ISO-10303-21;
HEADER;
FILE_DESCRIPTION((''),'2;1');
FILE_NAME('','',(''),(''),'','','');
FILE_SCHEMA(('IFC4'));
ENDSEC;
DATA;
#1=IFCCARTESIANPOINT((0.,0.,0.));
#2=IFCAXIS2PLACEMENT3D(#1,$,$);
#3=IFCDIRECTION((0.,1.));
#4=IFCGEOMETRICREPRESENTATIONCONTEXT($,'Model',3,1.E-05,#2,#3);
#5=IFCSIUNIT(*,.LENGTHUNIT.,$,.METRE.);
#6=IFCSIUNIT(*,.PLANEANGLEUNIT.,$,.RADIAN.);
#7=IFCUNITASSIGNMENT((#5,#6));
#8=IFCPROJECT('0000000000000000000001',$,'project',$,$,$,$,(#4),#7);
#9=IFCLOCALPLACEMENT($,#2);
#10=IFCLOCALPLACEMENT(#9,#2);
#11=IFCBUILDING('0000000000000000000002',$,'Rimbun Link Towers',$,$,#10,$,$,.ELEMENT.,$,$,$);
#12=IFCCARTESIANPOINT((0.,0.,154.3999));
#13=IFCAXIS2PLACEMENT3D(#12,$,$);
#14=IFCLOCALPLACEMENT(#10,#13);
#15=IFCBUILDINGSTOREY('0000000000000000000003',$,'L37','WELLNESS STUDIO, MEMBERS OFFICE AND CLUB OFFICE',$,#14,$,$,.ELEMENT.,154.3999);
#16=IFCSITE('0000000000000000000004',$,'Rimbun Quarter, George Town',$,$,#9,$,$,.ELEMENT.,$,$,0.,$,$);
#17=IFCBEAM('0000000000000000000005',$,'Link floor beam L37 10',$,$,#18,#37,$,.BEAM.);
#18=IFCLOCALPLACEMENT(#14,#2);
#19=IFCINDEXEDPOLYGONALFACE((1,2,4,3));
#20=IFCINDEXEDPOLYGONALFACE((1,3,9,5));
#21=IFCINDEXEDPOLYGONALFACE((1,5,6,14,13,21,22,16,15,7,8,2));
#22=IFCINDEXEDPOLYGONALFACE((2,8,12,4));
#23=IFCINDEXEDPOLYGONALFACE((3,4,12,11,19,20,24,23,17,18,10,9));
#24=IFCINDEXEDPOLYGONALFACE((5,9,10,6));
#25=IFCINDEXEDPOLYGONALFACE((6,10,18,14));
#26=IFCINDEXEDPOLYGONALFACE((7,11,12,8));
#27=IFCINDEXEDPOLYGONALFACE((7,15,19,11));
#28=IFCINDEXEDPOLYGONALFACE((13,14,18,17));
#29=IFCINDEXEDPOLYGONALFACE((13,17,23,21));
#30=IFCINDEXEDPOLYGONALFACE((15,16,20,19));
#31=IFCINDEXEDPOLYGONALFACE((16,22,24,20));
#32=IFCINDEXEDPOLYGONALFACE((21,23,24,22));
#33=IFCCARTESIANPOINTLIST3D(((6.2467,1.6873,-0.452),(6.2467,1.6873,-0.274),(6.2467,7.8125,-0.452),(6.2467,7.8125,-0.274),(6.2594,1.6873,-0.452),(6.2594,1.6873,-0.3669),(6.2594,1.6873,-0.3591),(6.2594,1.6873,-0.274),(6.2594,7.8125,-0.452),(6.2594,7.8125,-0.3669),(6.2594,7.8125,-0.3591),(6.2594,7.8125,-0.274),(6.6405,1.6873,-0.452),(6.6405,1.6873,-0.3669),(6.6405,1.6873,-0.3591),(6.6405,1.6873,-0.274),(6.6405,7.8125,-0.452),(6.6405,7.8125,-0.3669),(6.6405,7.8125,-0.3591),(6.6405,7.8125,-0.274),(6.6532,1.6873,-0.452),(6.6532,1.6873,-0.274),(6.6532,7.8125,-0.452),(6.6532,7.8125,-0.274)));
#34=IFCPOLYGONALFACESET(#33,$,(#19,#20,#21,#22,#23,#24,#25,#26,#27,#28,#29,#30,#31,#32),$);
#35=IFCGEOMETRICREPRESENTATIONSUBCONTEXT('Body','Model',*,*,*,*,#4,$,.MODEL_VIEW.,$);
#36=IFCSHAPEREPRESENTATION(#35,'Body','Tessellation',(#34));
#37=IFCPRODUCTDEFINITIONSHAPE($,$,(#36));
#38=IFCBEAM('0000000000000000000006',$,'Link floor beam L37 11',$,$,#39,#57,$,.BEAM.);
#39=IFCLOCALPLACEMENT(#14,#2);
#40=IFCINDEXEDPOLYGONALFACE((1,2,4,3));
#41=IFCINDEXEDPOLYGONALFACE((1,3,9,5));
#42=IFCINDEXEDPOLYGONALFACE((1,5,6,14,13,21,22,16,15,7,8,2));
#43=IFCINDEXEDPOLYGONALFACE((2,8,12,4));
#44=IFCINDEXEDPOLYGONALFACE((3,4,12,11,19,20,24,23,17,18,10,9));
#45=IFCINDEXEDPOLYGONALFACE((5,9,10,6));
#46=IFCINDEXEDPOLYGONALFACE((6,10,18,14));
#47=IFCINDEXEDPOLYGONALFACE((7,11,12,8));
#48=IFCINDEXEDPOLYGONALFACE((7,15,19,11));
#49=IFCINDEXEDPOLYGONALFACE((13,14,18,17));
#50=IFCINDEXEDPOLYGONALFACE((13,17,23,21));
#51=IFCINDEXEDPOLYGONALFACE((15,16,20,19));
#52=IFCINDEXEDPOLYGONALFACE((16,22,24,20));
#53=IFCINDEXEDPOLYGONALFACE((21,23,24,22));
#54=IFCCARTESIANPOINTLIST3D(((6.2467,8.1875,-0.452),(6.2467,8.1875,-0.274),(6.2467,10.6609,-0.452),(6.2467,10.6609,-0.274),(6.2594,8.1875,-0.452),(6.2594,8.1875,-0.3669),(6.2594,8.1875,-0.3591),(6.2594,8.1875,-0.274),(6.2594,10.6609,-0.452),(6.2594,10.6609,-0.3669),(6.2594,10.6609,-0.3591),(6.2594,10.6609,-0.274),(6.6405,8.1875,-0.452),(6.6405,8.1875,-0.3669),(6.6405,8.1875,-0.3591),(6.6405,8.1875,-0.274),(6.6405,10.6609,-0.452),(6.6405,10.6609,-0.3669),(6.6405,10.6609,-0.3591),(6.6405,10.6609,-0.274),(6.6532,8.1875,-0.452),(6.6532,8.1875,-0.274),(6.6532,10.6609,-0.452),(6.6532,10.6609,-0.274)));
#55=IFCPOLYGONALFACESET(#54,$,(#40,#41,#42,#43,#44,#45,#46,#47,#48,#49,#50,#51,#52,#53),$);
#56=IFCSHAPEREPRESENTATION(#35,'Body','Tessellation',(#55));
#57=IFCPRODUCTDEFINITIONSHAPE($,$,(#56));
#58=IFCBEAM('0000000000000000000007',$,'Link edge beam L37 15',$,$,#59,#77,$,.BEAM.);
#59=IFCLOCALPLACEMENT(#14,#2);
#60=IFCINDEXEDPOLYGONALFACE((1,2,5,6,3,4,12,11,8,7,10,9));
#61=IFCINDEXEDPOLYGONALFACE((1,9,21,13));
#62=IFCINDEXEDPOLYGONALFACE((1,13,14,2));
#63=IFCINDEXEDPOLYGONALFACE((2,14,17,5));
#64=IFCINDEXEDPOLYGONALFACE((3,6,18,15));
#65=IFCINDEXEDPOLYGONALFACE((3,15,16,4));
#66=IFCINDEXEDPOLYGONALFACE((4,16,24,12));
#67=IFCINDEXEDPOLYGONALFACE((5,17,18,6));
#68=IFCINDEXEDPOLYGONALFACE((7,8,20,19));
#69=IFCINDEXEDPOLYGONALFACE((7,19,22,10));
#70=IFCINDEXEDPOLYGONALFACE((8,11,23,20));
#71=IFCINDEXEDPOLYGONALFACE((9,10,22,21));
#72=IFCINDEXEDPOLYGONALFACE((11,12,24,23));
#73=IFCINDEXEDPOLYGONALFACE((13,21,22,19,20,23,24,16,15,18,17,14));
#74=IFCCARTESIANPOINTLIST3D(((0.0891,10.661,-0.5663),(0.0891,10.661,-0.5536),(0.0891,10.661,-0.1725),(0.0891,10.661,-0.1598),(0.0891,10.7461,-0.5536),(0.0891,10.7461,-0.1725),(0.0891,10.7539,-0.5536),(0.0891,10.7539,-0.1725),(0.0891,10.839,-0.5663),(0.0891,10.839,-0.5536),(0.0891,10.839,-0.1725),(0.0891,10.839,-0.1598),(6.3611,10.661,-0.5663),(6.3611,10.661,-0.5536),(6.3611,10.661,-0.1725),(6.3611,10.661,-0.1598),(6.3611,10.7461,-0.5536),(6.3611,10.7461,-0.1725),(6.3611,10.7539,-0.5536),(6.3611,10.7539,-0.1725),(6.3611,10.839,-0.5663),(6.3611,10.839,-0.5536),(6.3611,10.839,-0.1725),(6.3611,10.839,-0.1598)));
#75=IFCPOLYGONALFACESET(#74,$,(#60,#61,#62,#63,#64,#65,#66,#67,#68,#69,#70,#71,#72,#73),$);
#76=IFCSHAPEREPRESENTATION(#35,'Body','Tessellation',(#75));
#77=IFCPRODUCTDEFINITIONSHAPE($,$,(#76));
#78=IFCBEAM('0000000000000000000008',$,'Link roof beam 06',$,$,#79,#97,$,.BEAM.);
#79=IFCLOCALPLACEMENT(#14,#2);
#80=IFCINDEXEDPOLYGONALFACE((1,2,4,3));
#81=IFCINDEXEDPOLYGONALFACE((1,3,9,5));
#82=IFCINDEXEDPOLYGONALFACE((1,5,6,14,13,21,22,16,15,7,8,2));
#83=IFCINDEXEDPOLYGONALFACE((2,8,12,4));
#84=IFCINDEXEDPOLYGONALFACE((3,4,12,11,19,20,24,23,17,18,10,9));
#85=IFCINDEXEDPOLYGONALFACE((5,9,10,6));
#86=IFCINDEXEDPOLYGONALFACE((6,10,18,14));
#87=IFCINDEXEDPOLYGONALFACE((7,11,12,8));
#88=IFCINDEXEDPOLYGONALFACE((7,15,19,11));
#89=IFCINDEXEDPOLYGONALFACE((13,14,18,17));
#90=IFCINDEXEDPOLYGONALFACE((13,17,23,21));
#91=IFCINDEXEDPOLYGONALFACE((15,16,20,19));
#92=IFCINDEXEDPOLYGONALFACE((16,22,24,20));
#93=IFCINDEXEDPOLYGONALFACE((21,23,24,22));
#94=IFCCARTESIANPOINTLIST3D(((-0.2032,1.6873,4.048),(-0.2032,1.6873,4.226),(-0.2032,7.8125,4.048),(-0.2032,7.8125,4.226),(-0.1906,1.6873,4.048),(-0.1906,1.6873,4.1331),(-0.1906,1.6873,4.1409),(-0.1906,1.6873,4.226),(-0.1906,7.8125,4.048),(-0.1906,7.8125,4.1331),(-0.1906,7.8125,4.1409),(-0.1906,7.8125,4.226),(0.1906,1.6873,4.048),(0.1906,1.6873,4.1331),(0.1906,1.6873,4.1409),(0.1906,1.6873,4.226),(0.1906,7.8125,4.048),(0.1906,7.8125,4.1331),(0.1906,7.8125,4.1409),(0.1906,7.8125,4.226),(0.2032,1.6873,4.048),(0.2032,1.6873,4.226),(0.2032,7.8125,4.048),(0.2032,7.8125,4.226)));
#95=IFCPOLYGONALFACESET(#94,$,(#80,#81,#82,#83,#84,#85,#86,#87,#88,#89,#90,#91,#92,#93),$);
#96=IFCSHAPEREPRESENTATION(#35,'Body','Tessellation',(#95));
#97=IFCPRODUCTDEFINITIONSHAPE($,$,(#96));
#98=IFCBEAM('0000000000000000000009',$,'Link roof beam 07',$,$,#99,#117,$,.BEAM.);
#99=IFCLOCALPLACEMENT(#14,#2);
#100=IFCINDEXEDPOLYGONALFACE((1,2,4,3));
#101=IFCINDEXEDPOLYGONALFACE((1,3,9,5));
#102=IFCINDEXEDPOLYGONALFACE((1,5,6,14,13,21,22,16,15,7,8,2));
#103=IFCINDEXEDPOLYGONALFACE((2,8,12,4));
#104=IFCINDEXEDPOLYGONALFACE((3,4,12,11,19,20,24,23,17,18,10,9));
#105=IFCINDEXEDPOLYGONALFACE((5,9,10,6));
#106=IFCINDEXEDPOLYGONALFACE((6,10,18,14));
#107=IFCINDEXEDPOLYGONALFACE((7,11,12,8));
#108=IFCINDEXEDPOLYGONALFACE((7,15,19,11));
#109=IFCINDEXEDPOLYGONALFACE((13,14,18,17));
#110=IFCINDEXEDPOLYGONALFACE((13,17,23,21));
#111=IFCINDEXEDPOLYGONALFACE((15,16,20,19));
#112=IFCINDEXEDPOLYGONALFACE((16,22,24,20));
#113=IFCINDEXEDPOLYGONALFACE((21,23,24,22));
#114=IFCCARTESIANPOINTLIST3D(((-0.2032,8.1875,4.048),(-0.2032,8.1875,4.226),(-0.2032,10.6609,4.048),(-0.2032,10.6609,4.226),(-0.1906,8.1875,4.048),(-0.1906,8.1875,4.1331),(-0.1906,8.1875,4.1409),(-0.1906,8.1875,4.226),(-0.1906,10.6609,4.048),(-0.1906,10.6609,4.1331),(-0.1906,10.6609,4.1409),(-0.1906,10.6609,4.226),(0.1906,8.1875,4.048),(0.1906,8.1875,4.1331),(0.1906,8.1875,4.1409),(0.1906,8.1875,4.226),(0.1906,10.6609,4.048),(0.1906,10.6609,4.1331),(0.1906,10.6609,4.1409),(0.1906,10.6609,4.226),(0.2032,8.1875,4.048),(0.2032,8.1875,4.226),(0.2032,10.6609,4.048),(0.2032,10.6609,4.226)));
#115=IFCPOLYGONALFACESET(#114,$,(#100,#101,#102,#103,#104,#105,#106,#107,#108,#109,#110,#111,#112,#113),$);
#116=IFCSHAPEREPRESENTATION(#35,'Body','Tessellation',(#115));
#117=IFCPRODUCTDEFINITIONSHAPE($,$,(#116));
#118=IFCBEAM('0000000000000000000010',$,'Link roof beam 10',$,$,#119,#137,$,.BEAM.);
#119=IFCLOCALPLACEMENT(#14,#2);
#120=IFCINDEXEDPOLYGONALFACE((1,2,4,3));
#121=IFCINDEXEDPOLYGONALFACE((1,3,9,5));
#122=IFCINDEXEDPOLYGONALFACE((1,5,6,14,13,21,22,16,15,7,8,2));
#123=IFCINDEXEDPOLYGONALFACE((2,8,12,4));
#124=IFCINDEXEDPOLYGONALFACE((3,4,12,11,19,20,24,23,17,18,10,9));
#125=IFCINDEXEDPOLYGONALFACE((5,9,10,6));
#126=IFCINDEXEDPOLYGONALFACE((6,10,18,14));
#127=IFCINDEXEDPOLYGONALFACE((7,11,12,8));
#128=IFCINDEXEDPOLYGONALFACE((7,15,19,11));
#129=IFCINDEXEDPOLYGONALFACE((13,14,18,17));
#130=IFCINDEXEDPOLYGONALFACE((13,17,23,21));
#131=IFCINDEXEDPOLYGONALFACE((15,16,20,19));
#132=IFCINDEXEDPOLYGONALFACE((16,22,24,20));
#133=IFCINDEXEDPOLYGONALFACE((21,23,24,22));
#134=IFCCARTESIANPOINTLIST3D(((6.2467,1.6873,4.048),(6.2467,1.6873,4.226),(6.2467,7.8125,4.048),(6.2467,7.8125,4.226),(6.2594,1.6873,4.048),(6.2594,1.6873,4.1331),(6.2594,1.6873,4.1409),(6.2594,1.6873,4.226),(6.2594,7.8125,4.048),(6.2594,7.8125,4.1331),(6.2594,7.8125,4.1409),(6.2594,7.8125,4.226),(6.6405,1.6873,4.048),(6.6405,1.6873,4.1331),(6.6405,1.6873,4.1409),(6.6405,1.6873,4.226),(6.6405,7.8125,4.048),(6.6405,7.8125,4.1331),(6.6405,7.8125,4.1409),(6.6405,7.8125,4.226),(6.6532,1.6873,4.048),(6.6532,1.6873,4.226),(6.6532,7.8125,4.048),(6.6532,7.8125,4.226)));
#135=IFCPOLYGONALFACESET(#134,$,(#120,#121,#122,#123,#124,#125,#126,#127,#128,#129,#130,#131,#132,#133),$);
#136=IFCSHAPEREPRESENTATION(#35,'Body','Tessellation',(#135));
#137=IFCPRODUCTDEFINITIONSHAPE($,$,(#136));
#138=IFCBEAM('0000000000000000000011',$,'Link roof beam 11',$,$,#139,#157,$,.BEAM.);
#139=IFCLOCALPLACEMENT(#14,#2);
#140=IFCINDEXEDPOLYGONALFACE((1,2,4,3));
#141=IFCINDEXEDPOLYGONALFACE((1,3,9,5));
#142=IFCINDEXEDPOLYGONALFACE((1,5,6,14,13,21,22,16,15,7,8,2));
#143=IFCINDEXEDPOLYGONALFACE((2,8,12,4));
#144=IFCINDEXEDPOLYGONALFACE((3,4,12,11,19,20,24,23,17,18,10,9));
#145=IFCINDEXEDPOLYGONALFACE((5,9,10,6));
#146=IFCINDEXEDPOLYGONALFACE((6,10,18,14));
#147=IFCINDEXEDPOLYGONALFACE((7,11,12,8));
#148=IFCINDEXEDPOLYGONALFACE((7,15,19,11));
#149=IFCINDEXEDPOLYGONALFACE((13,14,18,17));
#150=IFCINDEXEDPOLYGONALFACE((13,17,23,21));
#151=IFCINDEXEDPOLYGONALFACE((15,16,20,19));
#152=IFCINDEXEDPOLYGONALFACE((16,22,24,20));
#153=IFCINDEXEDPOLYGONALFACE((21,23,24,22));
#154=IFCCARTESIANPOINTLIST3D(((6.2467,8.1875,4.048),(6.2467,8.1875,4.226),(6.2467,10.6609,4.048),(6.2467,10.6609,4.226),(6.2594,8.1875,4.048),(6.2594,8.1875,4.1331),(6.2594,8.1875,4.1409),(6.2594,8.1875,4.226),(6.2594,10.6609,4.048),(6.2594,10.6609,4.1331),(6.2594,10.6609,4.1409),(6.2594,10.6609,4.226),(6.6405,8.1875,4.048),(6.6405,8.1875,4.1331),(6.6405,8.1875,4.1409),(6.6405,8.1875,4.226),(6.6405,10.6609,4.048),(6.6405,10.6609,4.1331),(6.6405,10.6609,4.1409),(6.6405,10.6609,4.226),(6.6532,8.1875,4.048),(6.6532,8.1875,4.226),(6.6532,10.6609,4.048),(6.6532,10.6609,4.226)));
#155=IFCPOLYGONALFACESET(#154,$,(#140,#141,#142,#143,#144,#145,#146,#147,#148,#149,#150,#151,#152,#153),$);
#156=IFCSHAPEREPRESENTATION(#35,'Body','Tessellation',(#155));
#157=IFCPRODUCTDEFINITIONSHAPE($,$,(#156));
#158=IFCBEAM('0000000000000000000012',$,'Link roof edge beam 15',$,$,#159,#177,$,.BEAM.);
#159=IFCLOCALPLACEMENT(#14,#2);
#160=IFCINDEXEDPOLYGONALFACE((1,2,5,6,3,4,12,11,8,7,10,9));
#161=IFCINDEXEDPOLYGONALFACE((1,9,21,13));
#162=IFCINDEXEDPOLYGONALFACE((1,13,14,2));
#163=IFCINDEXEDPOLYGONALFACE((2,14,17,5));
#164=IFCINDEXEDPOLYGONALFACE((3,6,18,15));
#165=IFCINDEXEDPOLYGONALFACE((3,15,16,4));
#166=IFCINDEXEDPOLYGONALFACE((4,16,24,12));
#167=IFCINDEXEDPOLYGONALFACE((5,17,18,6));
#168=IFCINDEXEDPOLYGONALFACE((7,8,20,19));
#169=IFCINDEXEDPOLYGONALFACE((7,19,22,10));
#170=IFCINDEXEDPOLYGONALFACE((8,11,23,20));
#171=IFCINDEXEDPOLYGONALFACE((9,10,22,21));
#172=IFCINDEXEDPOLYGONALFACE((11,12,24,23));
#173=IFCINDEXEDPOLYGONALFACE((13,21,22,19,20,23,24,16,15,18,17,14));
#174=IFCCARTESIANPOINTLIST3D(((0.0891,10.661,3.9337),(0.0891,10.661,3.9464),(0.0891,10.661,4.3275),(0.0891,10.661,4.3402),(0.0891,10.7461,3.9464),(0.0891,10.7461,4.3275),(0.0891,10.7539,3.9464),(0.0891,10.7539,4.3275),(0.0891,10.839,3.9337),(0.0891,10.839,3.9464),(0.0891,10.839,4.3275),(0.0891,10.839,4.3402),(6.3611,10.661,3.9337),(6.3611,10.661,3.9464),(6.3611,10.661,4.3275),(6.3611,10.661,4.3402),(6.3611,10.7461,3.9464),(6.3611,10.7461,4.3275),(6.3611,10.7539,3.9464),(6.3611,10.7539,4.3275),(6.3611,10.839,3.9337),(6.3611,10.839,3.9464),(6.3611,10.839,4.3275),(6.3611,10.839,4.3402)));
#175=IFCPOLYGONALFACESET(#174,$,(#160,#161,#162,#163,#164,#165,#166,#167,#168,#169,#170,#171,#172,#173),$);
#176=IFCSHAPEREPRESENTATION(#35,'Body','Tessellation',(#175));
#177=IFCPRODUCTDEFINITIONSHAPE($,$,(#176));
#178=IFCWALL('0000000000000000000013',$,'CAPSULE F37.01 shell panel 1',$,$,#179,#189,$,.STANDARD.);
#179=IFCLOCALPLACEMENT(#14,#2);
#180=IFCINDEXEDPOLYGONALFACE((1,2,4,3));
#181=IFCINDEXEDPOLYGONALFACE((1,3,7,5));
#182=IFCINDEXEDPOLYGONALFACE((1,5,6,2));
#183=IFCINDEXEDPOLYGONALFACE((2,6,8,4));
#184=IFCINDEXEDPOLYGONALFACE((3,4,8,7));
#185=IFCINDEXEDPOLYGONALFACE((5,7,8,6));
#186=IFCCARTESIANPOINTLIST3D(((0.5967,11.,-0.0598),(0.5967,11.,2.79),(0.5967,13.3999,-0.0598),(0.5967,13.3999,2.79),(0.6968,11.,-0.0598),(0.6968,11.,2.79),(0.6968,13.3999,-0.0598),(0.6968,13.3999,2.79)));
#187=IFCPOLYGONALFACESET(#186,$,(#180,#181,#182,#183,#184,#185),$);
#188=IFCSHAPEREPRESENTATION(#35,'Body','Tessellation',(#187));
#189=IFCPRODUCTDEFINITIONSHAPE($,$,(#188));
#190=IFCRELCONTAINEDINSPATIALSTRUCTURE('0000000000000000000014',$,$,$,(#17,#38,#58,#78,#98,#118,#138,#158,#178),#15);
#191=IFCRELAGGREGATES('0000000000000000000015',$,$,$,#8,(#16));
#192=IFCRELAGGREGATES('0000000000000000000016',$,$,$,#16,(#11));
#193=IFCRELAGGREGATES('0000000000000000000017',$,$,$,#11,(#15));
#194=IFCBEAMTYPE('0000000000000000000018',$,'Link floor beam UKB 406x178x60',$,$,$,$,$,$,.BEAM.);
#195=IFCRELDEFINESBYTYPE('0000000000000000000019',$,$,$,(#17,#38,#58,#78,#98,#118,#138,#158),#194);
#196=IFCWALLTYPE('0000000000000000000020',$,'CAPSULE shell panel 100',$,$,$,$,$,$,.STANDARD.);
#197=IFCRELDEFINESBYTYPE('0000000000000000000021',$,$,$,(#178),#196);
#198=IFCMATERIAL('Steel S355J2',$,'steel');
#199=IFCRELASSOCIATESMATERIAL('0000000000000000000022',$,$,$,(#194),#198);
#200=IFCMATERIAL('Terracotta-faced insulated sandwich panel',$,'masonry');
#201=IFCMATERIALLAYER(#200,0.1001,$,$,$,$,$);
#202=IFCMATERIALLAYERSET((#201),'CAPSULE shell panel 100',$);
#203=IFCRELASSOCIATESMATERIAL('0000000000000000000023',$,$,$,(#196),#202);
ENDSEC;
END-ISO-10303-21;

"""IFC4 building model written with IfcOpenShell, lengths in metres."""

from ifc_helpers import new_model, si_unit, direction, frame, frame_2d, origin, origin_2d, place, context, subcontext, project, spatial, rectangle, i_section, extrude, material, layer, layer_set, material_profile, profile_set, type_object, element, save


model = new_model("IFC4")

# Units and contexts
model_context = context("Model", 3, precision=1e-05, world=origin(), true_north=direction((0.0, 1.0)))
body_context = subcontext(model_context, "Body", "Model", "MODEL_VIEW")
ifc_project = project(units=[si_unit("LENGTHUNIT", "METRE"), si_unit("PLANEANGLEUNIT", "RADIAN")], contexts=[model_context])

# Site, building, storey
site_placement = place(None, origin())
site = spatial("IfcSite", under=ifc_project, at=site_placement, Name="Rimbun Quarter, George Town", CompositionType="ELEMENT", RefElevation=0.0)
building_placement = place(site_placement, origin())
building = spatial("IfcBuilding", under=site, at=building_placement, Name="Rimbun Link Towers", CompositionType="ELEMENT")
storey_placement = place(building_placement, frame((0.0, 0.0, 154.3999)))
storey = spatial("IfcBuildingStorey", under=building, at=storey_placement, Name="L37", Description="WELLNESS STUDIO, MEMBERS OFFICE AND CLUB OFFICE", CompositionType="ELEMENT", Elevation=154.3999)

# Beams
ifc_material_1 = material(Name="Steel S355J2", Category="steel")
ifc_material_profile_1 = material_profile(ifc_material_1, i_section(OverallWidth=0.178, OverallDepth=0.4065, WebThickness=0.0078, FlangeThickness=0.0127, at=origin_2d()), Name="UKB 406x178x60")
ifc_profile_set_1 = profile_set([ifc_material_profile_1], Name="Steel S355J2")
beam_type_1 = type_object("IfcBeamType", Name="Link floor beam UKB 406x178x60", PredefinedType="BEAM", material=ifc_profile_set_1)
beam_1_placement = place(storey_placement, frame((6.45, 1.6873, -0.363), z_axis=(0.0, 1.0, 0.0), x_axis=(0.0, 0.0, 1.0)))
element("IfcBeam", 1, at=beam_1_placement, inside=storey, type_object=beam_type_1, Name="Link floor beam L37 10", PredefinedType="BEAM", context=body_context, shape_type="SweptSolid", body=[
    extrude(i_section(OverallWidth=0.178, OverallDepth=0.4065, WebThickness=0.0078, FlangeThickness=0.0127, at=origin_2d()), origin(), (0.0, 0.0, 1.0), 6.1252),
])
beam_2_placement = place(storey_placement, frame((6.45, 8.1875, -0.363), z_axis=(0.0, 1.0, 0.0), x_axis=(0.0, 0.0, 1.0)))
element("IfcBeam", 2, at=beam_2_placement, inside=storey, type_object=beam_type_1, Name="Link floor beam L37 11", PredefinedType="BEAM", context=body_context, shape_type="SweptSolid", body=[
    extrude(i_section(OverallWidth=0.178, OverallDepth=0.4065, WebThickness=0.0078, FlangeThickness=0.0127, at=origin_2d()), origin(), (0.0, 0.0, 1.0), 2.4734),
])
beam_3_placement = place(storey_placement, frame((0.0891, 10.75, -0.363), z_axis=(1.0, 0.0, 0.0), x_axis=(0.0, 1.0, 0.0)))
element("IfcBeam", 3, at=beam_3_placement, inside=storey, type_object=beam_type_1, Name="Link edge beam L37 15", PredefinedType="BEAM", context=body_context, shape_type="SweptSolid", body=[
    extrude(i_section(OverallWidth=0.178, OverallDepth=0.4065, WebThickness=0.0078, FlangeThickness=0.0127, at=origin_2d()), origin(), (0.0, 0.0, 1.0), 6.272),
])
beam_4_placement = place(storey_placement, frame((0.0, 1.6873, 4.137), z_axis=(0.0, 1.0, 0.0), x_axis=(0.0, 0.0, 1.0)))
element("IfcBeam", 4, at=beam_4_placement, inside=storey, type_object=beam_type_1, Name="Link roof beam 06", PredefinedType="BEAM", context=body_context, shape_type="SweptSolid", body=[
    extrude(i_section(OverallWidth=0.178, OverallDepth=0.4065, WebThickness=0.0078, FlangeThickness=0.0127, at=origin_2d()), origin(), (0.0, 0.0, 1.0), 6.1252),
])
beam_5_placement = place(storey_placement, frame((0.0, 8.1875, 4.137), z_axis=(0.0, 1.0, 0.0), x_axis=(0.0, 0.0, 1.0)))
element("IfcBeam", 5, at=beam_5_placement, inside=storey, type_object=beam_type_1, Name="Link roof beam 07", PredefinedType="BEAM", context=body_context, shape_type="SweptSolid", body=[
    extrude(i_section(OverallWidth=0.178, OverallDepth=0.4065, WebThickness=0.0078, FlangeThickness=0.0127, at=origin_2d()), origin(), (0.0, 0.0, 1.0), 2.4734),
])
beam_6_placement = place(storey_placement, frame((6.45, 1.6873, 4.137), z_axis=(0.0, 1.0, 0.0), x_axis=(0.0, 0.0, 1.0)))
element("IfcBeam", 6, at=beam_6_placement, inside=storey, type_object=beam_type_1, Name="Link roof beam 10", PredefinedType="BEAM", context=body_context, shape_type="SweptSolid", body=[
    extrude(i_section(OverallWidth=0.178, OverallDepth=0.4065, WebThickness=0.0078, FlangeThickness=0.0127, at=origin_2d()), origin(), (0.0, 0.0, 1.0), 6.1252),
])
beam_7_placement = place(storey_placement, frame((6.45, 8.1875, 4.137), z_axis=(0.0, 1.0, 0.0), x_axis=(0.0, 0.0, 1.0)))
element("IfcBeam", 7, at=beam_7_placement, inside=storey, type_object=beam_type_1, Name="Link roof beam 11", PredefinedType="BEAM", context=body_context, shape_type="SweptSolid", body=[
    extrude(i_section(OverallWidth=0.178, OverallDepth=0.4065, WebThickness=0.0078, FlangeThickness=0.0127, at=origin_2d()), origin(), (0.0, 0.0, 1.0), 2.4734),
])
beam_8_placement = place(storey_placement, frame((0.0891, 10.75, 4.137), z_axis=(1.0, 0.0, 0.0), x_axis=(0.0, 1.0, 0.0)))
element("IfcBeam", 8, at=beam_8_placement, inside=storey, type_object=beam_type_1, Name="Link roof edge beam 15", PredefinedType="BEAM", context=body_context, shape_type="SweptSolid", body=[
    extrude(i_section(OverallWidth=0.178, OverallDepth=0.4065, WebThickness=0.0078, FlangeThickness=0.0127, at=origin_2d()), origin(), (0.0, 0.0, 1.0), 6.272),
])

# Wall
ifc_material_2 = material(Name="Terracotta-faced insulated sandwich panel", Category="masonry")
ifc_layer = layer(ifc_material_2, 0.1001)
ifc_layer_set = layer_set([ifc_layer], Name="CAPSULE shell panel 100")
wall_type = type_object("IfcWallType", Name="CAPSULE shell panel 100", PredefinedType="STANDARD", material=ifc_layer_set)
wall_placement = place(storey_placement, frame((0.6467, 11.0, -0.0598), z_axis=(0.0, 0.0, 1.0), x_axis=(0.0, 1.0, 0.0)))
element("IfcWall", 9, at=wall_placement, inside=storey, type_object=wall_type, Name="CAPSULE F37.01 shell panel 1", PredefinedType="STANDARD", context=body_context, shape_type="SweptSolid", body=[
    extrude(rectangle(XDim=2.3999, YDim=0.1001, at=frame_2d((1.2, 0.0))), origin(), (0.0, 0.0, 1.0), 2.8499),
])

save(model, "model.ifc")
